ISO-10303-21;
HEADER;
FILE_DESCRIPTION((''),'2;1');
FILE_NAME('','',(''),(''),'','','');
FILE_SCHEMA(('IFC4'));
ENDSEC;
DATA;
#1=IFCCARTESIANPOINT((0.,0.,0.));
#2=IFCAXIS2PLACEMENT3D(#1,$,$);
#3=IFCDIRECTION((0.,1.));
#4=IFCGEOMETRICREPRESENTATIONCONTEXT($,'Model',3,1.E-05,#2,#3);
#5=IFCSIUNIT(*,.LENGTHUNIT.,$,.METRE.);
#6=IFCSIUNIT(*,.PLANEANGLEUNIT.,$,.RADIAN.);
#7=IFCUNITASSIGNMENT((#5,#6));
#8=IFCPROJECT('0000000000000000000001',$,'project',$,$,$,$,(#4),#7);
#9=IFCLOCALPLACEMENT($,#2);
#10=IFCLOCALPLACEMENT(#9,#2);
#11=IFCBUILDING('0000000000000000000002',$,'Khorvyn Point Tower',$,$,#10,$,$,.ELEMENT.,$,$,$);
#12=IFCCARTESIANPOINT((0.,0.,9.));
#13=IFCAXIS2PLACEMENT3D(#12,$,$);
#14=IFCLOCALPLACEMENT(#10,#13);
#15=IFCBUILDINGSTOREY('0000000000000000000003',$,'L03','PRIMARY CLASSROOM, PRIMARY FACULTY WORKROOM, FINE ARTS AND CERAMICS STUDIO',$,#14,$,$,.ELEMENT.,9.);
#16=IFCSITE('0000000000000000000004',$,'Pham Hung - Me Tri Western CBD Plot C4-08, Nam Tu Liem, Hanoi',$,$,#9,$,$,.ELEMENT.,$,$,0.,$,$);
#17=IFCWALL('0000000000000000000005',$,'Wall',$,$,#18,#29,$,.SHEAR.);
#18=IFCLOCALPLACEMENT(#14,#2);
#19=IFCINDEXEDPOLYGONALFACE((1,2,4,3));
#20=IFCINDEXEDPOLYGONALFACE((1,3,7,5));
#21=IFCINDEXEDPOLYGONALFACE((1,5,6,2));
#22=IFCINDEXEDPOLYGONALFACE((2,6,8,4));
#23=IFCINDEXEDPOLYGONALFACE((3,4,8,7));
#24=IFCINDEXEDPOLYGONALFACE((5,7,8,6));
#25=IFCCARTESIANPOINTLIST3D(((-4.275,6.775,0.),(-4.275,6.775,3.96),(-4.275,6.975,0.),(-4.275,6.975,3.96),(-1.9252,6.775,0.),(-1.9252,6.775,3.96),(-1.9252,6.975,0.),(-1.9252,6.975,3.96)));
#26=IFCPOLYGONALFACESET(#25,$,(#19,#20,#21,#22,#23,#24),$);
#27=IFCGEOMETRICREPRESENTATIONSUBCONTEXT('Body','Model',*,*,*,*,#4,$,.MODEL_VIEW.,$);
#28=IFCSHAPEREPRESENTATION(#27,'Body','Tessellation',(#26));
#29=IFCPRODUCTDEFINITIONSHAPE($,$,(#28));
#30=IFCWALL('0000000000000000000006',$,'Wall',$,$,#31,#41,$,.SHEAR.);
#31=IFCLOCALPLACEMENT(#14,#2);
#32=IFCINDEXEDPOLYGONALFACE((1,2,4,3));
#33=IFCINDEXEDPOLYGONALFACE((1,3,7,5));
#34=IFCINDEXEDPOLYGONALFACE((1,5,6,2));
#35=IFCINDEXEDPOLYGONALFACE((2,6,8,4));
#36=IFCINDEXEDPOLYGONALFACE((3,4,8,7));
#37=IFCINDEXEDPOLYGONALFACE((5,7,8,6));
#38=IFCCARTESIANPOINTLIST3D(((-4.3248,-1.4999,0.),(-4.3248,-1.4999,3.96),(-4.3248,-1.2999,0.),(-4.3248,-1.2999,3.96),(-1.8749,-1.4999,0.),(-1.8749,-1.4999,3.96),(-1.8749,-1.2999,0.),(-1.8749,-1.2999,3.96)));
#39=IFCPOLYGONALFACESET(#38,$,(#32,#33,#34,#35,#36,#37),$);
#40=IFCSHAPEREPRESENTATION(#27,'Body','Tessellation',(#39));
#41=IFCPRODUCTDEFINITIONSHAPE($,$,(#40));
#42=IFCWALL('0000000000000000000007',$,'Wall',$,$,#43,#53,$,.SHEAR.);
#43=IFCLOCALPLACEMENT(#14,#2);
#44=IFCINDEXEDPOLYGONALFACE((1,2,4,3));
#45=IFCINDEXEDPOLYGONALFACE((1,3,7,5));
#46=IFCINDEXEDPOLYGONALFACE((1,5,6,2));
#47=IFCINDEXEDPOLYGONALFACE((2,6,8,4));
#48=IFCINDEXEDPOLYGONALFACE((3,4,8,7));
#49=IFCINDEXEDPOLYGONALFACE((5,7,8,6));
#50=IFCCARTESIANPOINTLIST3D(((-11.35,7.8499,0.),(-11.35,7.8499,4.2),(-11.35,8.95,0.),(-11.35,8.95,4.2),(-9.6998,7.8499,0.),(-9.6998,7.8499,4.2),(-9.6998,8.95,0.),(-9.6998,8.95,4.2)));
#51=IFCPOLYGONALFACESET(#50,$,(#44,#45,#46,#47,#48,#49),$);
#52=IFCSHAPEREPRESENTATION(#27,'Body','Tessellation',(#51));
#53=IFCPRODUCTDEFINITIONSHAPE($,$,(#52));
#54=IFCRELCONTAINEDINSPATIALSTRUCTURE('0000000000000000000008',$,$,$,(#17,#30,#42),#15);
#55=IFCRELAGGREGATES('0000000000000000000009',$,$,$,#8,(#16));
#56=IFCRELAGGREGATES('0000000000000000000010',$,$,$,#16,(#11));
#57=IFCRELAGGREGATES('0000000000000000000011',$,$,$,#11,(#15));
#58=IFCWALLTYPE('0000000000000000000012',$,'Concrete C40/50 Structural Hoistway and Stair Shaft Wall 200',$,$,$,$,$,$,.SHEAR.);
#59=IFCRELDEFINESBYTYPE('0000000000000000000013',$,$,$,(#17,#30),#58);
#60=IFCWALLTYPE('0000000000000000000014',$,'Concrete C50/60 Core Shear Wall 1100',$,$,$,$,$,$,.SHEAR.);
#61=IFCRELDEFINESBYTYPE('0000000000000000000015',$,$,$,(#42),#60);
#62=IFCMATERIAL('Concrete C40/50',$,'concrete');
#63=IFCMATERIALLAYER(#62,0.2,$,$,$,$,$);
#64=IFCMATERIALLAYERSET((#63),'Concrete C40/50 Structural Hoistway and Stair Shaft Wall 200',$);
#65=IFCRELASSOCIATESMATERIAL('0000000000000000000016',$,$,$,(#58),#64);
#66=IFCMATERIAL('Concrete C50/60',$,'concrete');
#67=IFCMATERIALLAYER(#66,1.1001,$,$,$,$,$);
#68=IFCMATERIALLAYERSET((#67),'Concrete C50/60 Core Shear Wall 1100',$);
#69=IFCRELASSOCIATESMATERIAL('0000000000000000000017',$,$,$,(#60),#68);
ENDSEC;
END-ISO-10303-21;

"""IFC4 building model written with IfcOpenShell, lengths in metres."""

from ifc_helpers import new_model, si_unit, direction, frame, frame_2d, origin, place, context, subcontext, project, spatial, rectangle, extrude, material, layer, layer_set, type_object, element, save


model = new_model("IFC4")

# Units and contexts
model_context = context("Model", 3, precision=1e-05, world=origin(), true_north=direction((0.0, 1.0)))
body_context = subcontext(model_context, "Body", "Model", "MODEL_VIEW")
ifc_project = project(units=[si_unit("LENGTHUNIT", "METRE"), si_unit("PLANEANGLEUNIT", "RADIAN")], contexts=[model_context])

# Site, building, storey
site_placement = place(None, origin())
site = spatial("IfcSite", under=ifc_project, at=site_placement, Name="Pham Hung - Me Tri Western CBD Plot C4-08, Nam Tu Liem, Hanoi", CompositionType="ELEMENT", RefElevation=0.0)
building_placement = place(site_placement, origin())
building = spatial("IfcBuilding", under=site, at=building_placement, Name="Khorvyn Point Tower", CompositionType="ELEMENT")
storey_placement = place(building_placement, frame((0.0, 0.0, 9.0)))
storey = spatial("IfcBuildingStorey", under=building, at=storey_placement, Name="L03", Description="PRIMARY CLASSROOM, PRIMARY FACULTY WORKROOM, FINE ARTS AND CERAMICS STUDIO", CompositionType="ELEMENT", Elevation=9.0)

# Shared definitions
ifc_material_1 = material(Name="Concrete C40/50", Category="concrete")
ifc_material_2 = material(Name="Concrete C50/60", Category="concrete")

# Walls
ifc_layer_1 = layer(ifc_material_1, 0.2)
ifc_layer_set_1 = layer_set([ifc_layer_1], Name="Concrete C40/50 Structural Hoistway and Stair Shaft Wall 200")
wall_type_1 = type_object("IfcWallType", Name="Concrete C40/50 Structural Hoistway and Stair Shaft Wall 200", PredefinedType="SHEAR", material=ifc_layer_set_1)
for number, where, z_axis, x_axis, name in (
    (1, (-4.2749, 6.875, 0.0), (0.0, 0.0, 1.0), (1.0, 0.0, 0.0), "Wall"),
):
    element("IfcWall", number, at=place(storey_placement, frame(where, z_axis=z_axis, x_axis=x_axis)), inside=storey, type_object=wall_type_1, Name=name, PredefinedType="SHEAR", context=body_context, shape_type="SweptSolid", body=[
        extrude(rectangle(XDim=2.3499, YDim=0.2, at=frame_2d((1.1748, 0.0))), origin(), (0.0, 0.0, 1.0), 3.96),
    ])
wall_1_placement = place(storey_placement, frame((-4.325, -1.3999, 0.0), z_axis=(0.0, 0.0, 1.0), x_axis=(1.0, 0.0, 0.0)))
element("IfcWall", 2, at=wall_1_placement, inside=storey, type_object=wall_type_1, Name="Wall", PredefinedType="SHEAR", context=body_context, shape_type="SweptSolid", body=[
    extrude(rectangle(XDim=2.45, YDim=0.2, at=frame_2d((1.2251, 0.0))), origin(), (0.0, 0.0, 1.0), 3.96),
])
ifc_layer_2 = layer(ifc_material_2, 1.1001)
ifc_layer_set_2 = layer_set([ifc_layer_2], Name="Concrete C50/60 Core Shear Wall 1100")
wall_type_2 = type_object("IfcWallType", Name="Concrete C50/60 Core Shear Wall 1100", PredefinedType="SHEAR", material=ifc_layer_set_2)
wall_2_placement = place(storey_placement, frame((-11.3501, 8.3999, 0.0), z_axis=(0.0, 0.0, 1.0), x_axis=(1.0, 0.0, 0.0)))
element("IfcWall", 3, at=wall_2_placement, inside=storey, type_object=wall_type_2, Name="Wall", PredefinedType="SHEAR", context=body_context, shape_type="SweptSolid", body=[
    extrude(rectangle(XDim=1.6501, YDim=1.1001, at=frame_2d((0.8252, 0.0))), origin(), (0.0, 0.0, 1.0), 4.2),
])

save(model, "model.ifc")
